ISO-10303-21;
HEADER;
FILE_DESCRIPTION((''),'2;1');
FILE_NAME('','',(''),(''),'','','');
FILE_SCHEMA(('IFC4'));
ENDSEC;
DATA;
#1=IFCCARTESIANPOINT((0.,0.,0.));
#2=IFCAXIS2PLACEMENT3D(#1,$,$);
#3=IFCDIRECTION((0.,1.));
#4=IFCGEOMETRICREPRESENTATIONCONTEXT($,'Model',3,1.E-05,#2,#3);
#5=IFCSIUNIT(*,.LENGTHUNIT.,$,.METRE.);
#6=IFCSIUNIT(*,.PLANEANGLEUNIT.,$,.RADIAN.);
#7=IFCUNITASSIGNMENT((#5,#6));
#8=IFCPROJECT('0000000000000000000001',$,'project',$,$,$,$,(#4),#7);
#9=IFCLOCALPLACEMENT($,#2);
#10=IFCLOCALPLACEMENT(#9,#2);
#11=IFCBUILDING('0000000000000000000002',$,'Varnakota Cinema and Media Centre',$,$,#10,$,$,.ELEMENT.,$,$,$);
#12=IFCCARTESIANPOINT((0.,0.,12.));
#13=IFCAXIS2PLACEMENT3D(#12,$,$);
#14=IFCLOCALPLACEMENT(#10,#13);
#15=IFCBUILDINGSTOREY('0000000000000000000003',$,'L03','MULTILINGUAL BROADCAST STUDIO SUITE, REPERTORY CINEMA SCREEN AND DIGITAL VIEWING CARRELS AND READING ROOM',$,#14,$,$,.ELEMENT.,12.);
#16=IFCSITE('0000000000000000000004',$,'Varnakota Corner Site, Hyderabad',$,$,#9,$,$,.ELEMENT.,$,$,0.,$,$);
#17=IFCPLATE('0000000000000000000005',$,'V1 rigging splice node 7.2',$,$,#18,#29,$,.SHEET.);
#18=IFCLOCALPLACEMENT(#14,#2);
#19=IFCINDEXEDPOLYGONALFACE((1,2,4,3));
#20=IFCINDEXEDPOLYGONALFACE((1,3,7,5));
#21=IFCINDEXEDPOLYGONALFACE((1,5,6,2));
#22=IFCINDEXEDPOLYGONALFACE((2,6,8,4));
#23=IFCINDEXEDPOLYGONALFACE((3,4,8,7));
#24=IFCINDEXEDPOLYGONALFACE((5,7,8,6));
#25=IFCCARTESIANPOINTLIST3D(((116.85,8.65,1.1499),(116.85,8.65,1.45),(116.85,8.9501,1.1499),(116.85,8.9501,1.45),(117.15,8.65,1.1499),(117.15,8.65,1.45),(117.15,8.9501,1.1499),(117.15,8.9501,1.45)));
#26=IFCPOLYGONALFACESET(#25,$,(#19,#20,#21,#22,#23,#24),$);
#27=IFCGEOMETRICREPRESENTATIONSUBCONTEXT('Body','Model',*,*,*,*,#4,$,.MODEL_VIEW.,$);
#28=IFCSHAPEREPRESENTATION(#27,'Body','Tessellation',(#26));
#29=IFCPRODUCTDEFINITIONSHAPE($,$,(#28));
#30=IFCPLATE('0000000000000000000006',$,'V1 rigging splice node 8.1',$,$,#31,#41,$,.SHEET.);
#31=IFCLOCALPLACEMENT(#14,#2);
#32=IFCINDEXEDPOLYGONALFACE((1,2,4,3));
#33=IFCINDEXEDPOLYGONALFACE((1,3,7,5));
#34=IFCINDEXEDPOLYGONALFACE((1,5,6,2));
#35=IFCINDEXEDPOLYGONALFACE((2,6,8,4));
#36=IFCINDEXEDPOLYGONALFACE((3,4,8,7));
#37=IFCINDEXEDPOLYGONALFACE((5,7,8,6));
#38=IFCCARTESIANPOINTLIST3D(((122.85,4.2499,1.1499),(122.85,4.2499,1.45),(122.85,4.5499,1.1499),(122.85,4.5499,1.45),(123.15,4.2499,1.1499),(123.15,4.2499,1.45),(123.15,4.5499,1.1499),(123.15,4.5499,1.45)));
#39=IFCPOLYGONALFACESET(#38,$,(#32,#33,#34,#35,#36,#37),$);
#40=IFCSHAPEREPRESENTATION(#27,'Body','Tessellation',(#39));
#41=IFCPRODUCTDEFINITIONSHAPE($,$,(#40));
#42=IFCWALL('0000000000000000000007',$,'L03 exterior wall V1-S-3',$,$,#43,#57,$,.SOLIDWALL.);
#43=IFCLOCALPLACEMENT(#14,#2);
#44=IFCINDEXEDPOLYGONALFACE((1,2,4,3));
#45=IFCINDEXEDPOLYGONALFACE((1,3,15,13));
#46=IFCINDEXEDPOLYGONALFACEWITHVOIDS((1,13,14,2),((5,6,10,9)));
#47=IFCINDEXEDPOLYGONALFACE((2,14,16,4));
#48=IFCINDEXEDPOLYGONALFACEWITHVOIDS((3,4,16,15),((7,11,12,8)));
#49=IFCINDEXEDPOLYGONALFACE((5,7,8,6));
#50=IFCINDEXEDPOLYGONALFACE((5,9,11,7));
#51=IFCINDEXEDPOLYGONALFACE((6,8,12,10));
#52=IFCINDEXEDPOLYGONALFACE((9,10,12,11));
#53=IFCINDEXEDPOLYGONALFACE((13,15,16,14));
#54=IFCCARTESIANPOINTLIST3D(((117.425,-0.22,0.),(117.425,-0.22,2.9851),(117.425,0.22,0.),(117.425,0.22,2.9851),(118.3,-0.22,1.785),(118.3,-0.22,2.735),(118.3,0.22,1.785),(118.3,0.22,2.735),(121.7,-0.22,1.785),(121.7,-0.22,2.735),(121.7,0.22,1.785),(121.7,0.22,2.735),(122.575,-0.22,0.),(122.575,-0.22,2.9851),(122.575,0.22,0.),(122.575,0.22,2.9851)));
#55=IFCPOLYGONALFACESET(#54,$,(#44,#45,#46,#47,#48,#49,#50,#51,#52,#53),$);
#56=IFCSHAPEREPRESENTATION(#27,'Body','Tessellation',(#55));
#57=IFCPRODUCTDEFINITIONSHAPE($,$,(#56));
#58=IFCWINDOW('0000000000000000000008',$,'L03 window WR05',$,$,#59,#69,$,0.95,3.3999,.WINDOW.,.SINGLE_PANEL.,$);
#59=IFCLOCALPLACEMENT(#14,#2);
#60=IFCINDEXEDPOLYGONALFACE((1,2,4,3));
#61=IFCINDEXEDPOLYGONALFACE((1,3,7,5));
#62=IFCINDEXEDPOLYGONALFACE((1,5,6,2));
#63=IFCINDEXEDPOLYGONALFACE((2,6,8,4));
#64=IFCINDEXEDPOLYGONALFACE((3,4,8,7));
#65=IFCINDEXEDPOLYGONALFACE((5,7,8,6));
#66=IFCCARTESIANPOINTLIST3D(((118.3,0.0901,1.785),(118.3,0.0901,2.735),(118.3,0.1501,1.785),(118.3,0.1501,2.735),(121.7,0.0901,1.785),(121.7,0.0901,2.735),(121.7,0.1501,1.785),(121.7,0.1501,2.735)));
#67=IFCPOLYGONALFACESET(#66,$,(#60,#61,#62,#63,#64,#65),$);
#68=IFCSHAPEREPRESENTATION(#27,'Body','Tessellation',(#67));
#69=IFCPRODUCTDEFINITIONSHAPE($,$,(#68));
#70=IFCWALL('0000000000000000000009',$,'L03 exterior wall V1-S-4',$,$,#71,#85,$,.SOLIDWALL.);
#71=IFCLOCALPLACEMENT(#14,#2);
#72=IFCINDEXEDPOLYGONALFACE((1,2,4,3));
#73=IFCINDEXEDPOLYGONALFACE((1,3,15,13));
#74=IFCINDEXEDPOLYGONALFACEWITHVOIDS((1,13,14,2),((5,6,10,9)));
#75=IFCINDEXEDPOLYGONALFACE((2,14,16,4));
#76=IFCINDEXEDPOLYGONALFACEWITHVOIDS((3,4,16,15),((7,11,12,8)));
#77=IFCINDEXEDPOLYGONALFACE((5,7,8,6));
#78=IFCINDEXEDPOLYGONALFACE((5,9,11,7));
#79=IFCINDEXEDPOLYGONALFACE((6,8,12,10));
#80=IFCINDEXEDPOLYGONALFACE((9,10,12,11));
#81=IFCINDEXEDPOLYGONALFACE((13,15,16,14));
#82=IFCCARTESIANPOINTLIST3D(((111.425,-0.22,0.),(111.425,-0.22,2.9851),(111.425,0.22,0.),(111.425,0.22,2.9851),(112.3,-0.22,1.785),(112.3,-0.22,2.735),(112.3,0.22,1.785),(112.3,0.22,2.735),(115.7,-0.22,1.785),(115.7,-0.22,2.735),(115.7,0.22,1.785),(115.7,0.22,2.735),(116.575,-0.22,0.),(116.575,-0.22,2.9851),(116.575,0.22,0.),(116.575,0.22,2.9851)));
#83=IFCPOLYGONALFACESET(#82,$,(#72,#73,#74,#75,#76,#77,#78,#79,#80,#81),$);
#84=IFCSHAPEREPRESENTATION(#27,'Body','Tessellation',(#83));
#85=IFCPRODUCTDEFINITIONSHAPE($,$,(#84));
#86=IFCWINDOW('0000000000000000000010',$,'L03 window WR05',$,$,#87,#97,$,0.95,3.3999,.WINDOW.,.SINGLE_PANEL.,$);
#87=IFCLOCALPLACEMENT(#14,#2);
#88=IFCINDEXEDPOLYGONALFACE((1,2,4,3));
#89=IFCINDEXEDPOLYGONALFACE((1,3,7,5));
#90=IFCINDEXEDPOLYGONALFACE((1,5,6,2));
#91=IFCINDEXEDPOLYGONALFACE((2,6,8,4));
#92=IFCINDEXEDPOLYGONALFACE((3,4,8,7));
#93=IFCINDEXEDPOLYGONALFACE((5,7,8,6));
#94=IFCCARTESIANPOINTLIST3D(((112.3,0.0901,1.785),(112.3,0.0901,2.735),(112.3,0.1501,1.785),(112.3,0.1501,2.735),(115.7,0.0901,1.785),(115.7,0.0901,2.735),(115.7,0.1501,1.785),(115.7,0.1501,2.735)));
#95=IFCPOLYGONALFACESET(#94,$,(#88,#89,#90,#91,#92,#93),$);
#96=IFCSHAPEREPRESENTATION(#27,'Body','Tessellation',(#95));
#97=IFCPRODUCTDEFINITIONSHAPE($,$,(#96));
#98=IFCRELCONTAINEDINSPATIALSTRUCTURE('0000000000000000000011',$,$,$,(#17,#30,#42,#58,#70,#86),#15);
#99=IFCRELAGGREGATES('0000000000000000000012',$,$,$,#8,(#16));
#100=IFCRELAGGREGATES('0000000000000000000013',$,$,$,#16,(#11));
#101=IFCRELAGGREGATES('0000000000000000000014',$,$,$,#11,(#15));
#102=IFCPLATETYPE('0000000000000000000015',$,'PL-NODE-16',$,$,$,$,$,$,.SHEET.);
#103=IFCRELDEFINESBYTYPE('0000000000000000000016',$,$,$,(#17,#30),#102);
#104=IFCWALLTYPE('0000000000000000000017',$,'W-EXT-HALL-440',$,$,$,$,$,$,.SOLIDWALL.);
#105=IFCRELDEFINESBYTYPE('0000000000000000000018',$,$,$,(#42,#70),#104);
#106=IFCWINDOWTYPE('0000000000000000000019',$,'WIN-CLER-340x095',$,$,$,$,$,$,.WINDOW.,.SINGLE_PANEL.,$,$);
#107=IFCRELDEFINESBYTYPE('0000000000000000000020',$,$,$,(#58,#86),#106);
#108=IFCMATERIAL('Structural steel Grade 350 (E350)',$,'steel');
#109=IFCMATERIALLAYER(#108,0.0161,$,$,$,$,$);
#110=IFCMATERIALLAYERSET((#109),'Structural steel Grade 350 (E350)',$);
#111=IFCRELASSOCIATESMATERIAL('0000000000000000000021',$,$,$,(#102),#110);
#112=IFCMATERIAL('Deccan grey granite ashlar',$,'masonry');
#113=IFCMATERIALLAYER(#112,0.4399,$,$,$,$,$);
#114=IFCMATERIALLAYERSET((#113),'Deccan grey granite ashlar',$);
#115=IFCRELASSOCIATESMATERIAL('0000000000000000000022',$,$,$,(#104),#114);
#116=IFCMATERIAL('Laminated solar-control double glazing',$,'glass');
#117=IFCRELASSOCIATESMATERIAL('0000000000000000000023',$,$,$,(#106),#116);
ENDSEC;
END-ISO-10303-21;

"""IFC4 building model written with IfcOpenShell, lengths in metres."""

from ifc_helpers import new_model, si_unit, direction, frame, frame_2d, origin, origin_2d, place, context, subcontext, project, spatial, rectangle, extrude, material, layer, layer_set, type_object, element, fill, save


model = new_model("IFC4")

# Units and contexts
model_context = context("Model", 3, precision=1e-05, world=origin(), true_north=direction((0.0, 1.0)))
body_context = subcontext(model_context, "Body", "Model", "MODEL_VIEW")
ifc_project = project(units=[si_unit("LENGTHUNIT", "METRE"), si_unit("PLANEANGLEUNIT", "RADIAN")], contexts=[model_context])

# Site, building, storey
site_placement = place(None, origin())
site = spatial("IfcSite", under=ifc_project, at=site_placement, Name="Varnakota Corner Site, Hyderabad", CompositionType="ELEMENT", RefElevation=0.0)
building_placement = place(site_placement, origin())
building = spatial("IfcBuilding", under=site, at=building_placement, Name="Varnakota Cinema and Media Centre", CompositionType="ELEMENT")
storey_placement = place(building_placement, frame((0.0, 0.0, 12.0)))
storey = spatial("IfcBuildingStorey", under=building, at=storey_placement, Name="L03", Description="MULTILINGUAL BROADCAST STUDIO SUITE, REPERTORY CINEMA SCREEN AND DIGITAL VIEWING CARRELS AND READING ROOM", CompositionType="ELEMENT", Elevation=12.0)

# Plates
ifc_material_1 = material(Name="Structural steel Grade 350 (E350)", Category="steel")
ifc_layer_1 = layer(ifc_material_1, 0.0161)
ifc_layer_set_1 = layer_set([ifc_layer_1], Name="Structural steel Grade 350 (E350)")
plate_type = type_object("IfcPlateType", Name="PL-NODE-16", PredefinedType="SHEET", material=ifc_layer_set_1)
for number, where, z_axis, x_axis, name in (
    (1, (117.0, 8.8, 1.1499), (0.0, 0.0, 1.0), (1.0, 0.0, 0.0), "V1 rigging splice node 7.2"),
    (2, (123.0, 4.3999, 1.1499), (0.0, 0.0, 1.0), (1.0, 0.0, 0.0), "V1 rigging splice node 8.1"),
):
    element("IfcPlate", number, at=place(storey_placement, frame(where, z_axis=z_axis, x_axis=x_axis)), inside=storey, type_object=plate_type, Name=name, PredefinedType="SHEET", context=body_context, shape_type="SweptSolid", body=[
        extrude(rectangle(XDim=0.3, YDim=0.3, at=origin_2d()), origin(), (0.0, 0.0, 1.0), 0.3),
    ])

# Walls, openings, windows
ifc_material_2 = material(Name="Deccan grey granite ashlar", Category="masonry")
ifc_layer_2 = layer(ifc_material_2, 0.4399)
ifc_layer_set_2 = layer_set([ifc_layer_2], Name="Deccan grey granite ashlar")
wall_type = type_object("IfcWallType", Name="W-EXT-HALL-440", PredefinedType="SOLIDWALL", material=ifc_layer_set_2)
wall_1_placement = place(storey_placement, frame((122.575, 0.0, 0.0), z_axis=(0.0, 0.0, 1.0), x_axis=(-1.0, 0.0, 0.0)))
wall_1 = element("IfcWall", 3, at=wall_1_placement, inside=storey, type_object=wall_type, Name="L03 exterior wall V1-S-3", PredefinedType="SOLIDWALL", context=body_context, shape_type="SweptSolid", body=[
    extrude(rectangle(XDim=5.1499, YDim=0.4399, at=frame_2d((2.575, 0.0))), origin(), (0.0, 0.0, 1.0), 2.9851),
])
opening_1_placement = place(wall_1_placement, frame((0.875, 0.0, 1.7849)))
opening_1 = element("IfcOpeningElement", 4, at=opening_1_placement, cuts=wall_1, PredefinedType="OPENING", context=body_context, shape_type="SweptSolid", body=[
    extrude(rectangle(XDim=3.3999, YDim=0.95, at=frame_2d((1.7, 0.4751))), frame((0.0, 0.22, 0.0), z_axis=(0.0, -1.0, 0.0), x_axis=(1.0, 0.0, 0.0)), (0.0, 0.0, 1.0), 0.4399),
])
ifc_material_3 = material(Name="Laminated solar-control double glazing", Category="glass")
window_type = type_object("IfcWindowType", Name="WIN-CLER-340x095", PartitioningType="SINGLE_PANEL", PredefinedType="WINDOW", material=ifc_material_3)
window_1_placement = place(opening_1_placement, origin())
window_1 = element("IfcWindow", 5, at=window_1_placement, inside=storey, type_object=window_type, Name="L03 window WR05", OverallHeight=0.95, OverallWidth=3.3999, PartitioningType="SINGLE_PANEL", PredefinedType="WINDOW", context=body_context, shape_type="SweptSolid", body=[
    extrude(rectangle(XDim=3.3999, YDim=0.95, at=frame_2d((1.7, 0.4751))), frame((0.0, -0.0901, 0.0), z_axis=(0.0, -1.0, 0.0), x_axis=(1.0, 0.0, 0.0)), (0.0, 0.0, 1.0), 0.0601),
])
fill(opening_1, window_1)
wall_2_placement = place(storey_placement, frame((116.575, 0.0, 0.0), z_axis=(0.0, 0.0, 1.0), x_axis=(-1.0, 0.0, 0.0)))
wall_2 = element("IfcWall", 6, at=wall_2_placement, inside=storey, type_object=wall_type, Name="L03 exterior wall V1-S-4", PredefinedType="SOLIDWALL", context=body_context, shape_type="SweptSolid", body=[
    extrude(rectangle(XDim=5.1499, YDim=0.4399, at=frame_2d((2.575, 0.0))), origin(), (0.0, 0.0, 1.0), 2.9851),
])
opening_2_placement = place(wall_2_placement, frame((0.875, 0.0, 1.7849)))
opening_2 = element("IfcOpeningElement", 7, at=opening_2_placement, cuts=wall_2, PredefinedType="OPENING", context=body_context, shape_type="SweptSolid", body=[
    extrude(rectangle(XDim=3.3999, YDim=0.95, at=frame_2d((1.7, 0.4751))), frame((0.0, 0.22, 0.0), z_axis=(0.0, -1.0, 0.0), x_axis=(1.0, 0.0, 0.0)), (0.0, 0.0, 1.0), 0.4399),
])
window_2_placement = place(opening_2_placement, origin())
window_2 = element("IfcWindow", 8, at=window_2_placement, inside=storey, type_object=window_type, Name="L03 window WR05", OverallHeight=0.95, OverallWidth=3.3999, PartitioningType="SINGLE_PANEL", PredefinedType="WINDOW", context=body_context, shape_type="SweptSolid", body=[
    extrude(rectangle(XDim=3.3999, YDim=0.95, at=frame_2d((1.7, 0.4751))), frame((0.0, -0.0901, 0.0), z_axis=(0.0, -1.0, 0.0), x_axis=(1.0, 0.0, 0.0)), (0.0, 0.0, 1.0), 0.0601),
])
fill(opening_2, window_2)

save(model, "model.ifc")
